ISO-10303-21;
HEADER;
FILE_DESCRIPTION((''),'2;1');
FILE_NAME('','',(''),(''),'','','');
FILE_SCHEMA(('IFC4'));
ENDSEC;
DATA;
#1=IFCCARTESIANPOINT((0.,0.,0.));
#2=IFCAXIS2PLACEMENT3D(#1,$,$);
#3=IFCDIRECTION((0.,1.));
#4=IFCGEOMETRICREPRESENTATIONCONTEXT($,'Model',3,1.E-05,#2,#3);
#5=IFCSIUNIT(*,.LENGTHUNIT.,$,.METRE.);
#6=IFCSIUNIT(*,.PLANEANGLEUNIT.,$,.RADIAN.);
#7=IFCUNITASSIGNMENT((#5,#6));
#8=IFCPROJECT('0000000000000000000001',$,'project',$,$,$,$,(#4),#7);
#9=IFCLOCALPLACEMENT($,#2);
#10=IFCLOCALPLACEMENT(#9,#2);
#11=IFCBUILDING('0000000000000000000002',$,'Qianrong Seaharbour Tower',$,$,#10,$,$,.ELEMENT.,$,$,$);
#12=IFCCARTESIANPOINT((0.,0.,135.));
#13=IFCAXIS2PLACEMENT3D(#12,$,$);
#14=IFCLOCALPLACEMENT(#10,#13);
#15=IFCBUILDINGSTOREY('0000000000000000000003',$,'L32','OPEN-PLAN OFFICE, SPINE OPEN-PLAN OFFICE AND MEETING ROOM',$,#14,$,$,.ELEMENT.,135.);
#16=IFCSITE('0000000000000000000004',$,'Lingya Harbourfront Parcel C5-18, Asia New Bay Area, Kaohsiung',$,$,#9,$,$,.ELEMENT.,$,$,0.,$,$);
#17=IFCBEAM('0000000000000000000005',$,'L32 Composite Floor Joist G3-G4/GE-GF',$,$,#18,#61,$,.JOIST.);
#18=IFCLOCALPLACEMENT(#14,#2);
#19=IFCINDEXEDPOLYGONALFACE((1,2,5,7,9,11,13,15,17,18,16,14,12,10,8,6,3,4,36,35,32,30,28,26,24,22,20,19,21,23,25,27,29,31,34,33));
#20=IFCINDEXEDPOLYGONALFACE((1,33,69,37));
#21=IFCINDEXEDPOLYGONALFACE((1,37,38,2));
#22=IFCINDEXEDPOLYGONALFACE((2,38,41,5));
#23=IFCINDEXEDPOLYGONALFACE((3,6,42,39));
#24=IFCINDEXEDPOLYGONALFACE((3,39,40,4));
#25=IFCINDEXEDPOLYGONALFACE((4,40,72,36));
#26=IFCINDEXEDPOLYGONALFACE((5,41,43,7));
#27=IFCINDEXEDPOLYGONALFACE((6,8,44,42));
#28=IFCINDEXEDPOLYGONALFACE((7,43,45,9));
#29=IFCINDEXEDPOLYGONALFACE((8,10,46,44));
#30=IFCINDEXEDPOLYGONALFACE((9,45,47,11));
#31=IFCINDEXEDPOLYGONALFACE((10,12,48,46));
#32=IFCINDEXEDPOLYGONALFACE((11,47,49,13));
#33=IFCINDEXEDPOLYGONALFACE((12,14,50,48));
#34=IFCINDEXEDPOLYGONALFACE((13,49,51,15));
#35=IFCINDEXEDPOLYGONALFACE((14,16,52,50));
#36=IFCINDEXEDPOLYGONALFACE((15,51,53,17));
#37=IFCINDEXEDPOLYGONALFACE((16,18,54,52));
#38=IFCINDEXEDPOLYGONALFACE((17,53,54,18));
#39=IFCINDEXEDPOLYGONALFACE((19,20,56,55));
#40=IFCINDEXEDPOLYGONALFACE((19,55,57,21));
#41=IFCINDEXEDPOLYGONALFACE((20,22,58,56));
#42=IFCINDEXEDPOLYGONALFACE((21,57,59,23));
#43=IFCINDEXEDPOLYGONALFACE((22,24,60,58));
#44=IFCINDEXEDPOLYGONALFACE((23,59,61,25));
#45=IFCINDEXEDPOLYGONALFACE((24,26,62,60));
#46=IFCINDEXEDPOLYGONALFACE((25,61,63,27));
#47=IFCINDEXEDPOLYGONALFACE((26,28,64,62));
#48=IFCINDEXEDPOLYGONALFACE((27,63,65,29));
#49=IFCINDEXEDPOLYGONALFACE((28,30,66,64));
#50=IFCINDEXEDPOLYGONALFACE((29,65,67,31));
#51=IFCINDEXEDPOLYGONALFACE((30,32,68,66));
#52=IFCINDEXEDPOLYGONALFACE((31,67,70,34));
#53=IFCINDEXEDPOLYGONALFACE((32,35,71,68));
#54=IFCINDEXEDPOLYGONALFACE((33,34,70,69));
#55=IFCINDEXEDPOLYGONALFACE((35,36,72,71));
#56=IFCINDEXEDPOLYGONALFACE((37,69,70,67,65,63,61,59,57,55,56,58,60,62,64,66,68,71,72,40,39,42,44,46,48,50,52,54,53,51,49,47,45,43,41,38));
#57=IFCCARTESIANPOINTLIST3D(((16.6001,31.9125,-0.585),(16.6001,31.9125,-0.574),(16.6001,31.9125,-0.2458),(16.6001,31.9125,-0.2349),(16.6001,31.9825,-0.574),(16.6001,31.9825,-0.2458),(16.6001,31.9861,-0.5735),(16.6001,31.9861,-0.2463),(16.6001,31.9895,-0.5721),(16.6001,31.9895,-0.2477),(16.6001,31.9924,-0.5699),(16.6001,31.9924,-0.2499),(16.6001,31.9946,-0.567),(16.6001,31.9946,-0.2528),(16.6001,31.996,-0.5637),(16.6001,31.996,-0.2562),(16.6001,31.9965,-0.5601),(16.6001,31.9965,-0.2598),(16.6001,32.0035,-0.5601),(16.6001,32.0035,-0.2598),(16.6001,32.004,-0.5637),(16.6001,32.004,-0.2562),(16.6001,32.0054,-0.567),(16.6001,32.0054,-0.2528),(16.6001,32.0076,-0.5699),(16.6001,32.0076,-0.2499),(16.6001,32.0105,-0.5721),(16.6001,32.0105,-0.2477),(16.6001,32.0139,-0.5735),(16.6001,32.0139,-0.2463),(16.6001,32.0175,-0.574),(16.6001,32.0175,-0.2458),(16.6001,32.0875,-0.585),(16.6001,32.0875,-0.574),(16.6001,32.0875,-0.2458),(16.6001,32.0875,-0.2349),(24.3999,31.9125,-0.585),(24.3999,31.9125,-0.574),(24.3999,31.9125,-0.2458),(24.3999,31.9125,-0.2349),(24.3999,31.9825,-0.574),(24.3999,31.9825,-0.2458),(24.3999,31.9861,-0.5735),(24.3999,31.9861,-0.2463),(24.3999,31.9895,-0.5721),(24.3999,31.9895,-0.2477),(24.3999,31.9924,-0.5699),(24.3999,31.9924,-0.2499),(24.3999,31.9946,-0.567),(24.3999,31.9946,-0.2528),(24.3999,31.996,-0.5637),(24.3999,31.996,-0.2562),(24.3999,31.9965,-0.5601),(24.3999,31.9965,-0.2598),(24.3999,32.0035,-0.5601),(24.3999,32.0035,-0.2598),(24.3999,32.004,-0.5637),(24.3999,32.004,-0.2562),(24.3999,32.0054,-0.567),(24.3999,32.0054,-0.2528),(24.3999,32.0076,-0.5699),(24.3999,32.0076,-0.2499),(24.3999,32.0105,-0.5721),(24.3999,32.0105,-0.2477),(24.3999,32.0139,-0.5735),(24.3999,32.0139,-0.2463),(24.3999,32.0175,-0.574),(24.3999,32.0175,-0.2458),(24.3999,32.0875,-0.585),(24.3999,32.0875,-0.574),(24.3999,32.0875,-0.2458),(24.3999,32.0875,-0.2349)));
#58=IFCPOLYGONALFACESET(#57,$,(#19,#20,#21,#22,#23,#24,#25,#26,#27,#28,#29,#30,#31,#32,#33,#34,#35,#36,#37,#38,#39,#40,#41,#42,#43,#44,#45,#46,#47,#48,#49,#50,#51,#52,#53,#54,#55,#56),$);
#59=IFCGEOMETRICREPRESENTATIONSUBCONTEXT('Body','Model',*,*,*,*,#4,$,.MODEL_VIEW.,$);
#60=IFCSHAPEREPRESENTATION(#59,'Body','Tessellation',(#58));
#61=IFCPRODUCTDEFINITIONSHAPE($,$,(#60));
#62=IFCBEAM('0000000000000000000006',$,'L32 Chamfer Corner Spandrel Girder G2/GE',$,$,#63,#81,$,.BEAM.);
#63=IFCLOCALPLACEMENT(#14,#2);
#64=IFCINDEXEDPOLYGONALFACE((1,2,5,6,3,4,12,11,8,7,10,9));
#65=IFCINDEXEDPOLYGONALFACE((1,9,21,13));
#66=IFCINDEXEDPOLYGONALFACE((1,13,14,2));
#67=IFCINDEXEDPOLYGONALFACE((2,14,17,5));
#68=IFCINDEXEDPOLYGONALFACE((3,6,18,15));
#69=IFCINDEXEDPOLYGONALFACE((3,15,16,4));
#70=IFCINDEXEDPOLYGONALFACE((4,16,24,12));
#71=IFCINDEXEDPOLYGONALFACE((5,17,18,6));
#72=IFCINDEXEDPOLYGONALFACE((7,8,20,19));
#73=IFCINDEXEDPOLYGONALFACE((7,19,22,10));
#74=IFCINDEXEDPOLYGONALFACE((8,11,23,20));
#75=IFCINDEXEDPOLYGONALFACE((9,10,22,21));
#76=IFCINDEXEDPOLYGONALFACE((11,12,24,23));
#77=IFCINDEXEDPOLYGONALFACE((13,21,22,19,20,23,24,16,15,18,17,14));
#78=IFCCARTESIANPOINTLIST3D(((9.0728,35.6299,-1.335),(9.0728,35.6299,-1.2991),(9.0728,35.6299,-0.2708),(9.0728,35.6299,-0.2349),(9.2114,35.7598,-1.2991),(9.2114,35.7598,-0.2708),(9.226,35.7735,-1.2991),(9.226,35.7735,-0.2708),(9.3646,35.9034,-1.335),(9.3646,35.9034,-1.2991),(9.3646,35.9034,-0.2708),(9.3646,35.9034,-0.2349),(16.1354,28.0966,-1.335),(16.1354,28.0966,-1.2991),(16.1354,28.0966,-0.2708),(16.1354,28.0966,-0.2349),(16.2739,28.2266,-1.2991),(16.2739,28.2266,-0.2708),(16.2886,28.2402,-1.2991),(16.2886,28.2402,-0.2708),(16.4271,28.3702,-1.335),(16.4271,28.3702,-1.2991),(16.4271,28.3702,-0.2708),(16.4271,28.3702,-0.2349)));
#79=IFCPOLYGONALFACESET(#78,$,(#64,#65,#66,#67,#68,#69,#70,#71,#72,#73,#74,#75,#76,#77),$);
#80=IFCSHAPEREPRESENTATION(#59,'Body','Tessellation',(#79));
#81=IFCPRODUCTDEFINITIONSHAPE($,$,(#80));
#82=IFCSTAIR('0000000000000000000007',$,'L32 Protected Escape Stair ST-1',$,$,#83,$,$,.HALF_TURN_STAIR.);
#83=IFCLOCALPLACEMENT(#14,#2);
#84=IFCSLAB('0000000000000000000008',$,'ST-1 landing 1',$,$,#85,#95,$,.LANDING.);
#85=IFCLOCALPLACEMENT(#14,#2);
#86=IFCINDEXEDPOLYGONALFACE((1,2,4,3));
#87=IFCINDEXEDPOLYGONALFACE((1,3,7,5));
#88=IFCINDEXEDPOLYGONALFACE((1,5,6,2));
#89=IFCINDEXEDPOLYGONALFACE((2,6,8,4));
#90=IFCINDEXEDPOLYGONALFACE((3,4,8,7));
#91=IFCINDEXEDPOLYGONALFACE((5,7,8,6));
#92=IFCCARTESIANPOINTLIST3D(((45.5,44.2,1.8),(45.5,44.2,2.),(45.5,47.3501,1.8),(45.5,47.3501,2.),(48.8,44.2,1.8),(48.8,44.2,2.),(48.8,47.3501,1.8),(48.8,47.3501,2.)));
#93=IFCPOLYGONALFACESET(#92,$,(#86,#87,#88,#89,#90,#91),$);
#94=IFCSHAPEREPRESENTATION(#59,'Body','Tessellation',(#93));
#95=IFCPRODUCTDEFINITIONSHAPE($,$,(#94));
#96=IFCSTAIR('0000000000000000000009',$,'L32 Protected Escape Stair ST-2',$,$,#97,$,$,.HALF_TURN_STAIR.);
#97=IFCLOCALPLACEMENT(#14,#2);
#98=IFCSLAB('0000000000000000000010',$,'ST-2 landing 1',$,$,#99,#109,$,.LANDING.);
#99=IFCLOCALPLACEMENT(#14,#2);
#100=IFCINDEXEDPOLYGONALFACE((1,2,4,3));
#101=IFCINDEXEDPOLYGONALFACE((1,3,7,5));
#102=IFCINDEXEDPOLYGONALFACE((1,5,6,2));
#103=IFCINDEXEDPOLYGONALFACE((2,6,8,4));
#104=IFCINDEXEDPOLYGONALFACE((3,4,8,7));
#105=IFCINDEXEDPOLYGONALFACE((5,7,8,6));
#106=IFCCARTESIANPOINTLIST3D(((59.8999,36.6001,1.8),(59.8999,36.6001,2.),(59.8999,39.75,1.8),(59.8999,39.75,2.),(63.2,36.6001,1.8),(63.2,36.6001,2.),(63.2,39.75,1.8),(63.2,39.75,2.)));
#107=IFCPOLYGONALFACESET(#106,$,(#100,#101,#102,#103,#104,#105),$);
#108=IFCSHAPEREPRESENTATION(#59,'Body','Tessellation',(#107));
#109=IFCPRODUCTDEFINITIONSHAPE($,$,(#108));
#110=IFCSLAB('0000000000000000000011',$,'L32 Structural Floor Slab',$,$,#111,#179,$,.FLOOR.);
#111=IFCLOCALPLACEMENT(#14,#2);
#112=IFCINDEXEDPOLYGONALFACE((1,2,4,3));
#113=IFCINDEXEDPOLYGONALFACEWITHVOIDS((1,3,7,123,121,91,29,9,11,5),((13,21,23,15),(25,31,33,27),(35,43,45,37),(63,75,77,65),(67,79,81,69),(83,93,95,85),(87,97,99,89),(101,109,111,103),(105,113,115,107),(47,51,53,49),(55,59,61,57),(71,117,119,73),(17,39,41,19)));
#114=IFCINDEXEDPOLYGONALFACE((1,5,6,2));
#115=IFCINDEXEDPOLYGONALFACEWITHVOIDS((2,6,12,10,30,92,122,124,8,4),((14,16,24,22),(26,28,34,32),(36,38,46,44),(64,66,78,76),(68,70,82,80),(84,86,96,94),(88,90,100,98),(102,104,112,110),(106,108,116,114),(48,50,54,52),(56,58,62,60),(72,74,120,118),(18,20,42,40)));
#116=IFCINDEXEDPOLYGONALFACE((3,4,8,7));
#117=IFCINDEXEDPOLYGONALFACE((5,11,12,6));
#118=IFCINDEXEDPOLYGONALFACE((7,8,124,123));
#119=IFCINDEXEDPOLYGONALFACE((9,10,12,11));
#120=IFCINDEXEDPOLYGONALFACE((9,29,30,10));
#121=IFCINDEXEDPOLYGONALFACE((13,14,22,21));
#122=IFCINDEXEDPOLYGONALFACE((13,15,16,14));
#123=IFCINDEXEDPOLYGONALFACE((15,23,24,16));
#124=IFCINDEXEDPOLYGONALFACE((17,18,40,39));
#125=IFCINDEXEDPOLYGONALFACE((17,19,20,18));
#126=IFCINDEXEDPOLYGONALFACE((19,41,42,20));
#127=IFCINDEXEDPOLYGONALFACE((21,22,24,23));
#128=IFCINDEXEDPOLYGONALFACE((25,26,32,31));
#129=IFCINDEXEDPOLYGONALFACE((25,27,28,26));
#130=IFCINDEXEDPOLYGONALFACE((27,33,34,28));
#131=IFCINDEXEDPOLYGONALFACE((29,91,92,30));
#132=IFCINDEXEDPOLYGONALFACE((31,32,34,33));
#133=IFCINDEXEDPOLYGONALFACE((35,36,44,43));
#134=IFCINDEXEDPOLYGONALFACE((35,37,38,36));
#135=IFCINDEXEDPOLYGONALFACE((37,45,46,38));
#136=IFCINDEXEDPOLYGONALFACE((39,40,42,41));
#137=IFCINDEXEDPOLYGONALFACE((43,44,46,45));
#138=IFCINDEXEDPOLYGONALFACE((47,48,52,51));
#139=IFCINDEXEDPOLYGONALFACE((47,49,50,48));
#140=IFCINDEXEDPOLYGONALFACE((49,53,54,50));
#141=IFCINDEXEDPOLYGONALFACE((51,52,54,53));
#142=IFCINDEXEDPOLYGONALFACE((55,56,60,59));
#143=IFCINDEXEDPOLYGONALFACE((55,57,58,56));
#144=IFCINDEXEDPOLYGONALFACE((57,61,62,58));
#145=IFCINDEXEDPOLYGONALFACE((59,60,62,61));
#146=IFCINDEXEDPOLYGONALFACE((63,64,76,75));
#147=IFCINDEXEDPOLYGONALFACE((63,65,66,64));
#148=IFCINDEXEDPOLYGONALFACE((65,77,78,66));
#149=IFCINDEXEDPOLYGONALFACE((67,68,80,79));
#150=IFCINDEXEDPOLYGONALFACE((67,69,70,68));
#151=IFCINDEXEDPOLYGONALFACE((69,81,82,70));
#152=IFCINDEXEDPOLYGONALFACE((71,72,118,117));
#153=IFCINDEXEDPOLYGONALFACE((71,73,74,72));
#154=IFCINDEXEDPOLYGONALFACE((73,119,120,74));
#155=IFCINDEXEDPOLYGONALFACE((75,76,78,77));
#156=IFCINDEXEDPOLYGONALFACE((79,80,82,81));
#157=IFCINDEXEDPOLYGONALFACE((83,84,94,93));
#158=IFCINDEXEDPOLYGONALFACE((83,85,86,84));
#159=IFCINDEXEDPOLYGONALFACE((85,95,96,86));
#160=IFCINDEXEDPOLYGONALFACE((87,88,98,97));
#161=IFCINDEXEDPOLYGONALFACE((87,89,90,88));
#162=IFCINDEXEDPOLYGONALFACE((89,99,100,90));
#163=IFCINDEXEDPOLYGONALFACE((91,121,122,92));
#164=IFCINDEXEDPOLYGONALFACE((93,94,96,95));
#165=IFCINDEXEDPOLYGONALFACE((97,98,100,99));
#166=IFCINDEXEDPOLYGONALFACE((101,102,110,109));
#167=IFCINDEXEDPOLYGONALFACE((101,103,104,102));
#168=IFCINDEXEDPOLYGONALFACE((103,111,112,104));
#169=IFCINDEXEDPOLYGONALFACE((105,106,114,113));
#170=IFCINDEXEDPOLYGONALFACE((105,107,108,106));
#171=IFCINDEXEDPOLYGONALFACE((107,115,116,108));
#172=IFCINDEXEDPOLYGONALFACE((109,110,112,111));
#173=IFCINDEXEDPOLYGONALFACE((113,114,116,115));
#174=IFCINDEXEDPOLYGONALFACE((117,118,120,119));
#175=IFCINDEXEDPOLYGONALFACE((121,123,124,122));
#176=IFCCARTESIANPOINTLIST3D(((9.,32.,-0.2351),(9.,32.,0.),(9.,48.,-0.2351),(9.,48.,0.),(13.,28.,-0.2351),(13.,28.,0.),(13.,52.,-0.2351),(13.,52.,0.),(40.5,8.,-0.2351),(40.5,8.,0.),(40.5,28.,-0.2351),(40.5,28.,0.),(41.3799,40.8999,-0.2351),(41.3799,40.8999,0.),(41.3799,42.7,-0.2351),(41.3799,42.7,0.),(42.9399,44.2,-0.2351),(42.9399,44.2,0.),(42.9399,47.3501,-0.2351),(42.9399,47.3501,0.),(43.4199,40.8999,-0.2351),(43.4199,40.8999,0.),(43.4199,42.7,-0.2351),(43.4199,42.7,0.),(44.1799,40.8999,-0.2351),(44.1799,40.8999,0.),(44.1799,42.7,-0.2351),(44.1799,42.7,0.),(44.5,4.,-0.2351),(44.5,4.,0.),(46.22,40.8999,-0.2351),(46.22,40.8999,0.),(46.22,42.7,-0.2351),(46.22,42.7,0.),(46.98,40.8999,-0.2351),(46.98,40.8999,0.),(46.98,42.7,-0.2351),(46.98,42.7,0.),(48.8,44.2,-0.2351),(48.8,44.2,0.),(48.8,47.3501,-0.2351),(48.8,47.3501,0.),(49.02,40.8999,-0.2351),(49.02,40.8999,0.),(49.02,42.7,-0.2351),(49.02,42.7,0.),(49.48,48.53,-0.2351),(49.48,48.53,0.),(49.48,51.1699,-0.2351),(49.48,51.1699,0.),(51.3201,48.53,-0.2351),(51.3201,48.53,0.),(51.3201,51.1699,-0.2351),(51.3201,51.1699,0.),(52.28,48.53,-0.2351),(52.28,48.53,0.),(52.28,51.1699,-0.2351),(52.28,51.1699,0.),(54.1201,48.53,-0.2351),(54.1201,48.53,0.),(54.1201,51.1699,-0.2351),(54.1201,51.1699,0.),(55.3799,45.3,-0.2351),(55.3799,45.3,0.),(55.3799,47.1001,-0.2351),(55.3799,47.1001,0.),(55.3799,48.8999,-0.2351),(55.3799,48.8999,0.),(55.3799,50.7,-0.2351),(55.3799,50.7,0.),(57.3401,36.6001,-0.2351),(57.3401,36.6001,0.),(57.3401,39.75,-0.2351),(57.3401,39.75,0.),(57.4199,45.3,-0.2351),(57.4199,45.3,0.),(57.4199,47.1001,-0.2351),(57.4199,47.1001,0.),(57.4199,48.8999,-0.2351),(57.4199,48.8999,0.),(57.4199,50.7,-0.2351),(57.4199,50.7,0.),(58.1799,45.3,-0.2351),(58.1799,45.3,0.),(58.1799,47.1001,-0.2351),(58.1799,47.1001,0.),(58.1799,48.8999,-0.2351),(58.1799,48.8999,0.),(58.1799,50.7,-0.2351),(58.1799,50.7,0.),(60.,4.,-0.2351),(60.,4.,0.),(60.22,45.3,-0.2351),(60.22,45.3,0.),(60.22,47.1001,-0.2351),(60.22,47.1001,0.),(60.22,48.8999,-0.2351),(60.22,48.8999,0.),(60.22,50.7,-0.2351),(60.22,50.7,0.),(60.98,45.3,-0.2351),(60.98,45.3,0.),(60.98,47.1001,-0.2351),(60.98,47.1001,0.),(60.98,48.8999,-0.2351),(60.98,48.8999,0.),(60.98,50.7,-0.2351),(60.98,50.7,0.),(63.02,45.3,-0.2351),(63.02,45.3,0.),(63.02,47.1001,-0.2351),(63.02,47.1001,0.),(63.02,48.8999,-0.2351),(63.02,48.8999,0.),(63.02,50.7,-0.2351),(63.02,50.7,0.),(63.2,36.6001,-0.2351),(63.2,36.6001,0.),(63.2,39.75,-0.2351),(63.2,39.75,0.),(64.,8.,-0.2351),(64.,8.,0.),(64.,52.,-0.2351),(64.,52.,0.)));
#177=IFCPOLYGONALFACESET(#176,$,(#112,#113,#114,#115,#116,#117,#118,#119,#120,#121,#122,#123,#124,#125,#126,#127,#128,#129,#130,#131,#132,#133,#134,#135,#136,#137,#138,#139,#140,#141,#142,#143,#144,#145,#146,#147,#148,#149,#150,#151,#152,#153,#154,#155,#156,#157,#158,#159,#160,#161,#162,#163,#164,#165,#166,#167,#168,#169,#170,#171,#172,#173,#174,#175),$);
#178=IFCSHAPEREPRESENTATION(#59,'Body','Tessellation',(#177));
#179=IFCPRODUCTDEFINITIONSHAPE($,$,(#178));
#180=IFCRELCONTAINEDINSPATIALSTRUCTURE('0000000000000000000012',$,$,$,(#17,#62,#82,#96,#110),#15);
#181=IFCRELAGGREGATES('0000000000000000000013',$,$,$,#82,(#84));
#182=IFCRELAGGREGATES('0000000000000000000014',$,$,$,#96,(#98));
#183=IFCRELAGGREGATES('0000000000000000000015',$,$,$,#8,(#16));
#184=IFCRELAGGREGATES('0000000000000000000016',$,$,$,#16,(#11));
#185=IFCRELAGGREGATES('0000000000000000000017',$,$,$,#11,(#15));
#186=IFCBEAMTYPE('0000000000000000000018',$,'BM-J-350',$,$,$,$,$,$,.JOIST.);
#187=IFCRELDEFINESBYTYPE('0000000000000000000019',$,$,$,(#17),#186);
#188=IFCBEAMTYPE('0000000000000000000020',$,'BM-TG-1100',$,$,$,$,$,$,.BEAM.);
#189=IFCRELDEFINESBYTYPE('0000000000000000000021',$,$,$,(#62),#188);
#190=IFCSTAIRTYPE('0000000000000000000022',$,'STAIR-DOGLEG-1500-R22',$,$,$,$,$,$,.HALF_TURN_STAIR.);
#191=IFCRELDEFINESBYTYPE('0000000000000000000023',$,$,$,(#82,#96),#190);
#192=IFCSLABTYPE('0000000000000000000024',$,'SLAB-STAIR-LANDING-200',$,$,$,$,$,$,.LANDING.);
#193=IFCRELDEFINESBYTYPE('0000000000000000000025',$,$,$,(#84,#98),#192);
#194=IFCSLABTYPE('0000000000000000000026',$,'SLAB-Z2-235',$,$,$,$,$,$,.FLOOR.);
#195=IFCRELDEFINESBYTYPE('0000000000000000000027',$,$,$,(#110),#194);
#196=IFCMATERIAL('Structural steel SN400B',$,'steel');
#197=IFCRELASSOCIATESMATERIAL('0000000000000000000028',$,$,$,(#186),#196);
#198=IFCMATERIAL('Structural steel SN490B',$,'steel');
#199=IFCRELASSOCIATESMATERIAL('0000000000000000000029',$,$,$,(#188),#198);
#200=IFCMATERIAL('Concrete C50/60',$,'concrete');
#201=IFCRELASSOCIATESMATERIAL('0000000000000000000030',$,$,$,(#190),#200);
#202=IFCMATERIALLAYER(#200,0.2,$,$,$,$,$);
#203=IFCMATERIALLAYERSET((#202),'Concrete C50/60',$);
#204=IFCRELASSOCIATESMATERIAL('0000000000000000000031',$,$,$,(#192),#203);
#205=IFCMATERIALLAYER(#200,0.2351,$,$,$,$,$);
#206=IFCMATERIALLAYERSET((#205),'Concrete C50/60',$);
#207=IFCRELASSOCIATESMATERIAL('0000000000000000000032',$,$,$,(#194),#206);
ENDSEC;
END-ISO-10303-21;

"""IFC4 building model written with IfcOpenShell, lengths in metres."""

from ifc_helpers import new_model, si_unit, direction, frame, origin, origin_2d, place, context, subcontext, project, spatial, polyline, i_section, outline, extrude, material, layer, layer_set, material_profile, profile_set, type_object, element, aggregate, save


model = new_model("IFC4")

# Units and contexts
model_context = context("Model", 3, precision=1e-05, world=origin(), true_north=direction((0.0, 1.0)))
body_context = subcontext(model_context, "Body", "Model", "MODEL_VIEW")
ifc_project = project(units=[si_unit("LENGTHUNIT", "METRE"), si_unit("PLANEANGLEUNIT", "RADIAN")], contexts=[model_context])

# Site, building, storey
site_placement = place(None, origin())
site = spatial("IfcSite", under=ifc_project, at=site_placement, Name="Lingya Harbourfront Parcel C5-18, Asia New Bay Area, Kaohsiung", CompositionType="ELEMENT", RefElevation=0.0)
building_placement = place(site_placement, origin())
building = spatial("IfcBuilding", under=site, at=building_placement, Name="Qianrong Seaharbour Tower", CompositionType="ELEMENT")
storey_placement = place(building_placement, frame((0.0, 0.0, 135.0)))
storey = spatial("IfcBuildingStorey", under=building, at=storey_placement, Name="L32", Description="OPEN-PLAN OFFICE, SPINE OPEN-PLAN OFFICE AND MEETING ROOM", CompositionType="ELEMENT", Elevation=135.0)

# Shared definitions
ifc_material_1 = material(Name="Structural steel SN490B", Category="steel")

# Beams
ifc_material_2 = material(Name="Structural steel SN400B", Category="steel")
ifc_material_profile_1 = material_profile(ifc_material_2, i_section(OverallWidth=0.175, OverallDepth=0.3501, WebThickness=0.0071, FlangeThickness=0.011, FilletRadius=0.0139, at=origin_2d()), Name="H350x175x7x11")
ifc_profile_set_1 = profile_set([ifc_material_profile_1], Name="Structural steel SN400B")
beam_type_1 = type_object("IfcBeamType", Name="BM-J-350", PredefinedType="JOIST", material=ifc_profile_set_1)
beam_1_placement = place(storey_placement, frame((16.6001, 32.0, -0.4099), z_axis=(1.0, 0.0, 0.0), x_axis=(0.0, 1.0, 0.0)))
element("IfcBeam", 1, at=beam_1_placement, inside=storey, type_object=beam_type_1, Name="L32 Composite Floor Joist G3-G4/GE-GF", PredefinedType="JOIST", context=body_context, shape_type="SweptSolid", body=[
    extrude(i_section(OverallWidth=0.175, OverallDepth=0.3501, WebThickness=0.0071, FlangeThickness=0.011, FilletRadius=0.0139, at=origin_2d()), origin(), (0.0, 0.0, 1.0), 7.7998),
])
ifc_material_profile_2 = material_profile(ifc_material_1, i_section(OverallWidth=0.3999, OverallDepth=1.1001, WebThickness=0.02, FlangeThickness=0.0359, at=origin_2d()), Name="BH1100x400x20x36")
ifc_profile_set_2 = profile_set([ifc_material_profile_2], Name="Structural steel SN490B")
beam_type_2 = type_object("IfcBeamType", Name="BM-TG-1100", PredefinedType="BEAM", material=ifc_profile_set_2)
beam_2_placement = place(storey_placement, frame((16.2812, 28.2334, -0.7849), z_axis=(-0.683947, 0.729531, 0.0), x_axis=(-0.729531, -0.683947, 0.0)))
element("IfcBeam", 2, at=beam_2_placement, inside=storey, type_object=beam_type_2, Name="L32 Chamfer Corner Spandrel Girder G2/GE", PredefinedType="BEAM", context=body_context, shape_type="SweptSolid", body=[
    extrude(i_section(OverallWidth=0.3999, OverallDepth=1.1001, WebThickness=0.02, FlangeThickness=0.0359, at=origin_2d()), origin(), (0.0, 0.0, 1.0), 10.3262),
])

# Stairs, slabs
ifc_material_3 = material(Name="Concrete C50/60", Category="concrete")
stair_type = type_object("IfcStairType", Name="STAIR-DOGLEG-1500-R22", PredefinedType="HALF_TURN_STAIR", material=ifc_material_3)
stair_1_placement = place(storey_placement, origin())
stair_1 = element("IfcStair", 3, at=stair_1_placement, inside=storey, type_object=stair_type, Name="L32 Protected Escape Stair ST-1", PredefinedType="HALF_TURN_STAIR")
ifc_layer_1 = layer(ifc_material_3, 0.2)
ifc_layer_set_1 = layer_set([ifc_layer_1], Name="Concrete C50/60")
slab_type_1 = type_object("IfcSlabType", Name="SLAB-STAIR-LANDING-200", PredefinedType="LANDING", material=ifc_layer_set_1)
slab_1_placement = place(storey_placement, frame((0.0, 0.0, 1.8)))
slab_1 = element("IfcSlab", 4, at=slab_1_placement, type_object=slab_type_1, Name="ST-1 landing 1", PredefinedType="LANDING", context=body_context, shape_type="SweptSolid", body=[
    extrude(outline(polyline([(45.5, 44.2), (48.8, 44.2), (48.8, 47.3501), (45.5, 47.3501), (45.5, 44.2)])), origin(), (0.0, 0.0, 1.0), 0.2),
])
aggregate(stair_1, [slab_1])
stair_2_placement = place(storey_placement, origin())
stair_2 = element("IfcStair", 5, at=stair_2_placement, inside=storey, type_object=stair_type, Name="L32 Protected Escape Stair ST-2", PredefinedType="HALF_TURN_STAIR")
slab_2_placement = place(storey_placement, frame((0.0, 0.0, 1.8)))
slab_2 = element("IfcSlab", 6, at=slab_2_placement, type_object=slab_type_1, Name="ST-2 landing 1", PredefinedType="LANDING", context=body_context, shape_type="SweptSolid", body=[
    extrude(outline(polyline([(59.8999, 36.6001), (63.2, 36.6001), (63.2, 39.75), (59.8999, 39.75), (59.8999, 36.6001)])), origin(), (0.0, 0.0, 1.0), 0.2),
])
aggregate(stair_2, [slab_2])

# Slab
ifc_layer_2 = layer(ifc_material_3, 0.2351)
ifc_layer_set_2 = layer_set([ifc_layer_2], Name="Concrete C50/60")
slab_type_2 = type_object("IfcSlabType", Name="SLAB-Z2-235", PredefinedType="FLOOR", material=ifc_layer_set_2)
slab_3_placement = place(storey_placement, frame((0.0, 0.0, -0.2351)))
element("IfcSlab", 7, at=slab_3_placement, inside=storey, type_object=slab_type_2, Name="L32 Structural Floor Slab", PredefinedType="FLOOR", context=body_context, shape_type="SweptSolid", body=[
    extrude(outline(polyline([(44.5, 4.0), (60.0, 4.0), (64.0, 8.0), (64.0, 52.0), (13.0, 52.0), (9.0, 48.0), (9.0, 32.0), (13.0, 28.0), (40.5, 28.0), (40.5, 8.0), (44.5, 4.0)]), holes=[polyline([(42.9399, 44.2), (42.9399, 47.3501), (48.8, 47.3501), (48.8, 44.2), (42.9399, 44.2)]), polyline([(57.3401, 36.6001), (57.3401, 39.75), (63.2, 39.75), (63.2, 36.6001), (57.3401, 36.6001)]), polyline([(49.48, 48.53), (49.48, 51.1699), (51.3201, 51.1699), (51.3201, 48.53), (49.48, 48.53)]), polyline([(52.28, 48.53), (52.28, 51.1699), (54.1201, 51.1699), (54.1201, 48.53), (52.28, 48.53)]), polyline([(41.3799, 40.8999), (41.3799, 42.7), (43.4199, 42.7), (43.4199, 40.8999), (41.3799, 40.8999)]), polyline([(44.1799, 40.8999), (44.1799, 42.7), (46.22, 42.7), (46.22, 40.8999), (44.1799, 40.8999)]), polyline([(46.98, 40.8999), (46.98, 42.7), (49.02, 42.7), (49.02, 40.8999), (46.98, 40.8999)]), polyline([(55.3799, 45.3), (55.3799, 47.1001), (57.4199, 47.1001), (57.4199, 45.3), (55.3799, 45.3)]), polyline([(58.1799, 45.3), (58.1799, 47.1001), (60.22, 47.1001), (60.22, 45.3), (58.1799, 45.3)]), polyline([(60.98, 45.3), (60.98, 47.1001), (63.02, 47.1001), (63.02, 45.3), (60.98, 45.3)]), polyline([(55.3799, 48.8999), (55.3799, 50.7), (57.4199, 50.7), (57.4199, 48.8999), (55.3799, 48.8999)]), polyline([(58.1799, 48.8999), (58.1799, 50.7), (60.22, 50.7), (60.22, 48.8999), (58.1799, 48.8999)]), polyline([(60.98, 48.8999), (60.98, 50.7), (63.02, 50.7), (63.02, 48.8999), (60.98, 48.8999)])]), origin(), (0.0, 0.0, 1.0), 0.2351),
])

save(model, "model.ifc")
